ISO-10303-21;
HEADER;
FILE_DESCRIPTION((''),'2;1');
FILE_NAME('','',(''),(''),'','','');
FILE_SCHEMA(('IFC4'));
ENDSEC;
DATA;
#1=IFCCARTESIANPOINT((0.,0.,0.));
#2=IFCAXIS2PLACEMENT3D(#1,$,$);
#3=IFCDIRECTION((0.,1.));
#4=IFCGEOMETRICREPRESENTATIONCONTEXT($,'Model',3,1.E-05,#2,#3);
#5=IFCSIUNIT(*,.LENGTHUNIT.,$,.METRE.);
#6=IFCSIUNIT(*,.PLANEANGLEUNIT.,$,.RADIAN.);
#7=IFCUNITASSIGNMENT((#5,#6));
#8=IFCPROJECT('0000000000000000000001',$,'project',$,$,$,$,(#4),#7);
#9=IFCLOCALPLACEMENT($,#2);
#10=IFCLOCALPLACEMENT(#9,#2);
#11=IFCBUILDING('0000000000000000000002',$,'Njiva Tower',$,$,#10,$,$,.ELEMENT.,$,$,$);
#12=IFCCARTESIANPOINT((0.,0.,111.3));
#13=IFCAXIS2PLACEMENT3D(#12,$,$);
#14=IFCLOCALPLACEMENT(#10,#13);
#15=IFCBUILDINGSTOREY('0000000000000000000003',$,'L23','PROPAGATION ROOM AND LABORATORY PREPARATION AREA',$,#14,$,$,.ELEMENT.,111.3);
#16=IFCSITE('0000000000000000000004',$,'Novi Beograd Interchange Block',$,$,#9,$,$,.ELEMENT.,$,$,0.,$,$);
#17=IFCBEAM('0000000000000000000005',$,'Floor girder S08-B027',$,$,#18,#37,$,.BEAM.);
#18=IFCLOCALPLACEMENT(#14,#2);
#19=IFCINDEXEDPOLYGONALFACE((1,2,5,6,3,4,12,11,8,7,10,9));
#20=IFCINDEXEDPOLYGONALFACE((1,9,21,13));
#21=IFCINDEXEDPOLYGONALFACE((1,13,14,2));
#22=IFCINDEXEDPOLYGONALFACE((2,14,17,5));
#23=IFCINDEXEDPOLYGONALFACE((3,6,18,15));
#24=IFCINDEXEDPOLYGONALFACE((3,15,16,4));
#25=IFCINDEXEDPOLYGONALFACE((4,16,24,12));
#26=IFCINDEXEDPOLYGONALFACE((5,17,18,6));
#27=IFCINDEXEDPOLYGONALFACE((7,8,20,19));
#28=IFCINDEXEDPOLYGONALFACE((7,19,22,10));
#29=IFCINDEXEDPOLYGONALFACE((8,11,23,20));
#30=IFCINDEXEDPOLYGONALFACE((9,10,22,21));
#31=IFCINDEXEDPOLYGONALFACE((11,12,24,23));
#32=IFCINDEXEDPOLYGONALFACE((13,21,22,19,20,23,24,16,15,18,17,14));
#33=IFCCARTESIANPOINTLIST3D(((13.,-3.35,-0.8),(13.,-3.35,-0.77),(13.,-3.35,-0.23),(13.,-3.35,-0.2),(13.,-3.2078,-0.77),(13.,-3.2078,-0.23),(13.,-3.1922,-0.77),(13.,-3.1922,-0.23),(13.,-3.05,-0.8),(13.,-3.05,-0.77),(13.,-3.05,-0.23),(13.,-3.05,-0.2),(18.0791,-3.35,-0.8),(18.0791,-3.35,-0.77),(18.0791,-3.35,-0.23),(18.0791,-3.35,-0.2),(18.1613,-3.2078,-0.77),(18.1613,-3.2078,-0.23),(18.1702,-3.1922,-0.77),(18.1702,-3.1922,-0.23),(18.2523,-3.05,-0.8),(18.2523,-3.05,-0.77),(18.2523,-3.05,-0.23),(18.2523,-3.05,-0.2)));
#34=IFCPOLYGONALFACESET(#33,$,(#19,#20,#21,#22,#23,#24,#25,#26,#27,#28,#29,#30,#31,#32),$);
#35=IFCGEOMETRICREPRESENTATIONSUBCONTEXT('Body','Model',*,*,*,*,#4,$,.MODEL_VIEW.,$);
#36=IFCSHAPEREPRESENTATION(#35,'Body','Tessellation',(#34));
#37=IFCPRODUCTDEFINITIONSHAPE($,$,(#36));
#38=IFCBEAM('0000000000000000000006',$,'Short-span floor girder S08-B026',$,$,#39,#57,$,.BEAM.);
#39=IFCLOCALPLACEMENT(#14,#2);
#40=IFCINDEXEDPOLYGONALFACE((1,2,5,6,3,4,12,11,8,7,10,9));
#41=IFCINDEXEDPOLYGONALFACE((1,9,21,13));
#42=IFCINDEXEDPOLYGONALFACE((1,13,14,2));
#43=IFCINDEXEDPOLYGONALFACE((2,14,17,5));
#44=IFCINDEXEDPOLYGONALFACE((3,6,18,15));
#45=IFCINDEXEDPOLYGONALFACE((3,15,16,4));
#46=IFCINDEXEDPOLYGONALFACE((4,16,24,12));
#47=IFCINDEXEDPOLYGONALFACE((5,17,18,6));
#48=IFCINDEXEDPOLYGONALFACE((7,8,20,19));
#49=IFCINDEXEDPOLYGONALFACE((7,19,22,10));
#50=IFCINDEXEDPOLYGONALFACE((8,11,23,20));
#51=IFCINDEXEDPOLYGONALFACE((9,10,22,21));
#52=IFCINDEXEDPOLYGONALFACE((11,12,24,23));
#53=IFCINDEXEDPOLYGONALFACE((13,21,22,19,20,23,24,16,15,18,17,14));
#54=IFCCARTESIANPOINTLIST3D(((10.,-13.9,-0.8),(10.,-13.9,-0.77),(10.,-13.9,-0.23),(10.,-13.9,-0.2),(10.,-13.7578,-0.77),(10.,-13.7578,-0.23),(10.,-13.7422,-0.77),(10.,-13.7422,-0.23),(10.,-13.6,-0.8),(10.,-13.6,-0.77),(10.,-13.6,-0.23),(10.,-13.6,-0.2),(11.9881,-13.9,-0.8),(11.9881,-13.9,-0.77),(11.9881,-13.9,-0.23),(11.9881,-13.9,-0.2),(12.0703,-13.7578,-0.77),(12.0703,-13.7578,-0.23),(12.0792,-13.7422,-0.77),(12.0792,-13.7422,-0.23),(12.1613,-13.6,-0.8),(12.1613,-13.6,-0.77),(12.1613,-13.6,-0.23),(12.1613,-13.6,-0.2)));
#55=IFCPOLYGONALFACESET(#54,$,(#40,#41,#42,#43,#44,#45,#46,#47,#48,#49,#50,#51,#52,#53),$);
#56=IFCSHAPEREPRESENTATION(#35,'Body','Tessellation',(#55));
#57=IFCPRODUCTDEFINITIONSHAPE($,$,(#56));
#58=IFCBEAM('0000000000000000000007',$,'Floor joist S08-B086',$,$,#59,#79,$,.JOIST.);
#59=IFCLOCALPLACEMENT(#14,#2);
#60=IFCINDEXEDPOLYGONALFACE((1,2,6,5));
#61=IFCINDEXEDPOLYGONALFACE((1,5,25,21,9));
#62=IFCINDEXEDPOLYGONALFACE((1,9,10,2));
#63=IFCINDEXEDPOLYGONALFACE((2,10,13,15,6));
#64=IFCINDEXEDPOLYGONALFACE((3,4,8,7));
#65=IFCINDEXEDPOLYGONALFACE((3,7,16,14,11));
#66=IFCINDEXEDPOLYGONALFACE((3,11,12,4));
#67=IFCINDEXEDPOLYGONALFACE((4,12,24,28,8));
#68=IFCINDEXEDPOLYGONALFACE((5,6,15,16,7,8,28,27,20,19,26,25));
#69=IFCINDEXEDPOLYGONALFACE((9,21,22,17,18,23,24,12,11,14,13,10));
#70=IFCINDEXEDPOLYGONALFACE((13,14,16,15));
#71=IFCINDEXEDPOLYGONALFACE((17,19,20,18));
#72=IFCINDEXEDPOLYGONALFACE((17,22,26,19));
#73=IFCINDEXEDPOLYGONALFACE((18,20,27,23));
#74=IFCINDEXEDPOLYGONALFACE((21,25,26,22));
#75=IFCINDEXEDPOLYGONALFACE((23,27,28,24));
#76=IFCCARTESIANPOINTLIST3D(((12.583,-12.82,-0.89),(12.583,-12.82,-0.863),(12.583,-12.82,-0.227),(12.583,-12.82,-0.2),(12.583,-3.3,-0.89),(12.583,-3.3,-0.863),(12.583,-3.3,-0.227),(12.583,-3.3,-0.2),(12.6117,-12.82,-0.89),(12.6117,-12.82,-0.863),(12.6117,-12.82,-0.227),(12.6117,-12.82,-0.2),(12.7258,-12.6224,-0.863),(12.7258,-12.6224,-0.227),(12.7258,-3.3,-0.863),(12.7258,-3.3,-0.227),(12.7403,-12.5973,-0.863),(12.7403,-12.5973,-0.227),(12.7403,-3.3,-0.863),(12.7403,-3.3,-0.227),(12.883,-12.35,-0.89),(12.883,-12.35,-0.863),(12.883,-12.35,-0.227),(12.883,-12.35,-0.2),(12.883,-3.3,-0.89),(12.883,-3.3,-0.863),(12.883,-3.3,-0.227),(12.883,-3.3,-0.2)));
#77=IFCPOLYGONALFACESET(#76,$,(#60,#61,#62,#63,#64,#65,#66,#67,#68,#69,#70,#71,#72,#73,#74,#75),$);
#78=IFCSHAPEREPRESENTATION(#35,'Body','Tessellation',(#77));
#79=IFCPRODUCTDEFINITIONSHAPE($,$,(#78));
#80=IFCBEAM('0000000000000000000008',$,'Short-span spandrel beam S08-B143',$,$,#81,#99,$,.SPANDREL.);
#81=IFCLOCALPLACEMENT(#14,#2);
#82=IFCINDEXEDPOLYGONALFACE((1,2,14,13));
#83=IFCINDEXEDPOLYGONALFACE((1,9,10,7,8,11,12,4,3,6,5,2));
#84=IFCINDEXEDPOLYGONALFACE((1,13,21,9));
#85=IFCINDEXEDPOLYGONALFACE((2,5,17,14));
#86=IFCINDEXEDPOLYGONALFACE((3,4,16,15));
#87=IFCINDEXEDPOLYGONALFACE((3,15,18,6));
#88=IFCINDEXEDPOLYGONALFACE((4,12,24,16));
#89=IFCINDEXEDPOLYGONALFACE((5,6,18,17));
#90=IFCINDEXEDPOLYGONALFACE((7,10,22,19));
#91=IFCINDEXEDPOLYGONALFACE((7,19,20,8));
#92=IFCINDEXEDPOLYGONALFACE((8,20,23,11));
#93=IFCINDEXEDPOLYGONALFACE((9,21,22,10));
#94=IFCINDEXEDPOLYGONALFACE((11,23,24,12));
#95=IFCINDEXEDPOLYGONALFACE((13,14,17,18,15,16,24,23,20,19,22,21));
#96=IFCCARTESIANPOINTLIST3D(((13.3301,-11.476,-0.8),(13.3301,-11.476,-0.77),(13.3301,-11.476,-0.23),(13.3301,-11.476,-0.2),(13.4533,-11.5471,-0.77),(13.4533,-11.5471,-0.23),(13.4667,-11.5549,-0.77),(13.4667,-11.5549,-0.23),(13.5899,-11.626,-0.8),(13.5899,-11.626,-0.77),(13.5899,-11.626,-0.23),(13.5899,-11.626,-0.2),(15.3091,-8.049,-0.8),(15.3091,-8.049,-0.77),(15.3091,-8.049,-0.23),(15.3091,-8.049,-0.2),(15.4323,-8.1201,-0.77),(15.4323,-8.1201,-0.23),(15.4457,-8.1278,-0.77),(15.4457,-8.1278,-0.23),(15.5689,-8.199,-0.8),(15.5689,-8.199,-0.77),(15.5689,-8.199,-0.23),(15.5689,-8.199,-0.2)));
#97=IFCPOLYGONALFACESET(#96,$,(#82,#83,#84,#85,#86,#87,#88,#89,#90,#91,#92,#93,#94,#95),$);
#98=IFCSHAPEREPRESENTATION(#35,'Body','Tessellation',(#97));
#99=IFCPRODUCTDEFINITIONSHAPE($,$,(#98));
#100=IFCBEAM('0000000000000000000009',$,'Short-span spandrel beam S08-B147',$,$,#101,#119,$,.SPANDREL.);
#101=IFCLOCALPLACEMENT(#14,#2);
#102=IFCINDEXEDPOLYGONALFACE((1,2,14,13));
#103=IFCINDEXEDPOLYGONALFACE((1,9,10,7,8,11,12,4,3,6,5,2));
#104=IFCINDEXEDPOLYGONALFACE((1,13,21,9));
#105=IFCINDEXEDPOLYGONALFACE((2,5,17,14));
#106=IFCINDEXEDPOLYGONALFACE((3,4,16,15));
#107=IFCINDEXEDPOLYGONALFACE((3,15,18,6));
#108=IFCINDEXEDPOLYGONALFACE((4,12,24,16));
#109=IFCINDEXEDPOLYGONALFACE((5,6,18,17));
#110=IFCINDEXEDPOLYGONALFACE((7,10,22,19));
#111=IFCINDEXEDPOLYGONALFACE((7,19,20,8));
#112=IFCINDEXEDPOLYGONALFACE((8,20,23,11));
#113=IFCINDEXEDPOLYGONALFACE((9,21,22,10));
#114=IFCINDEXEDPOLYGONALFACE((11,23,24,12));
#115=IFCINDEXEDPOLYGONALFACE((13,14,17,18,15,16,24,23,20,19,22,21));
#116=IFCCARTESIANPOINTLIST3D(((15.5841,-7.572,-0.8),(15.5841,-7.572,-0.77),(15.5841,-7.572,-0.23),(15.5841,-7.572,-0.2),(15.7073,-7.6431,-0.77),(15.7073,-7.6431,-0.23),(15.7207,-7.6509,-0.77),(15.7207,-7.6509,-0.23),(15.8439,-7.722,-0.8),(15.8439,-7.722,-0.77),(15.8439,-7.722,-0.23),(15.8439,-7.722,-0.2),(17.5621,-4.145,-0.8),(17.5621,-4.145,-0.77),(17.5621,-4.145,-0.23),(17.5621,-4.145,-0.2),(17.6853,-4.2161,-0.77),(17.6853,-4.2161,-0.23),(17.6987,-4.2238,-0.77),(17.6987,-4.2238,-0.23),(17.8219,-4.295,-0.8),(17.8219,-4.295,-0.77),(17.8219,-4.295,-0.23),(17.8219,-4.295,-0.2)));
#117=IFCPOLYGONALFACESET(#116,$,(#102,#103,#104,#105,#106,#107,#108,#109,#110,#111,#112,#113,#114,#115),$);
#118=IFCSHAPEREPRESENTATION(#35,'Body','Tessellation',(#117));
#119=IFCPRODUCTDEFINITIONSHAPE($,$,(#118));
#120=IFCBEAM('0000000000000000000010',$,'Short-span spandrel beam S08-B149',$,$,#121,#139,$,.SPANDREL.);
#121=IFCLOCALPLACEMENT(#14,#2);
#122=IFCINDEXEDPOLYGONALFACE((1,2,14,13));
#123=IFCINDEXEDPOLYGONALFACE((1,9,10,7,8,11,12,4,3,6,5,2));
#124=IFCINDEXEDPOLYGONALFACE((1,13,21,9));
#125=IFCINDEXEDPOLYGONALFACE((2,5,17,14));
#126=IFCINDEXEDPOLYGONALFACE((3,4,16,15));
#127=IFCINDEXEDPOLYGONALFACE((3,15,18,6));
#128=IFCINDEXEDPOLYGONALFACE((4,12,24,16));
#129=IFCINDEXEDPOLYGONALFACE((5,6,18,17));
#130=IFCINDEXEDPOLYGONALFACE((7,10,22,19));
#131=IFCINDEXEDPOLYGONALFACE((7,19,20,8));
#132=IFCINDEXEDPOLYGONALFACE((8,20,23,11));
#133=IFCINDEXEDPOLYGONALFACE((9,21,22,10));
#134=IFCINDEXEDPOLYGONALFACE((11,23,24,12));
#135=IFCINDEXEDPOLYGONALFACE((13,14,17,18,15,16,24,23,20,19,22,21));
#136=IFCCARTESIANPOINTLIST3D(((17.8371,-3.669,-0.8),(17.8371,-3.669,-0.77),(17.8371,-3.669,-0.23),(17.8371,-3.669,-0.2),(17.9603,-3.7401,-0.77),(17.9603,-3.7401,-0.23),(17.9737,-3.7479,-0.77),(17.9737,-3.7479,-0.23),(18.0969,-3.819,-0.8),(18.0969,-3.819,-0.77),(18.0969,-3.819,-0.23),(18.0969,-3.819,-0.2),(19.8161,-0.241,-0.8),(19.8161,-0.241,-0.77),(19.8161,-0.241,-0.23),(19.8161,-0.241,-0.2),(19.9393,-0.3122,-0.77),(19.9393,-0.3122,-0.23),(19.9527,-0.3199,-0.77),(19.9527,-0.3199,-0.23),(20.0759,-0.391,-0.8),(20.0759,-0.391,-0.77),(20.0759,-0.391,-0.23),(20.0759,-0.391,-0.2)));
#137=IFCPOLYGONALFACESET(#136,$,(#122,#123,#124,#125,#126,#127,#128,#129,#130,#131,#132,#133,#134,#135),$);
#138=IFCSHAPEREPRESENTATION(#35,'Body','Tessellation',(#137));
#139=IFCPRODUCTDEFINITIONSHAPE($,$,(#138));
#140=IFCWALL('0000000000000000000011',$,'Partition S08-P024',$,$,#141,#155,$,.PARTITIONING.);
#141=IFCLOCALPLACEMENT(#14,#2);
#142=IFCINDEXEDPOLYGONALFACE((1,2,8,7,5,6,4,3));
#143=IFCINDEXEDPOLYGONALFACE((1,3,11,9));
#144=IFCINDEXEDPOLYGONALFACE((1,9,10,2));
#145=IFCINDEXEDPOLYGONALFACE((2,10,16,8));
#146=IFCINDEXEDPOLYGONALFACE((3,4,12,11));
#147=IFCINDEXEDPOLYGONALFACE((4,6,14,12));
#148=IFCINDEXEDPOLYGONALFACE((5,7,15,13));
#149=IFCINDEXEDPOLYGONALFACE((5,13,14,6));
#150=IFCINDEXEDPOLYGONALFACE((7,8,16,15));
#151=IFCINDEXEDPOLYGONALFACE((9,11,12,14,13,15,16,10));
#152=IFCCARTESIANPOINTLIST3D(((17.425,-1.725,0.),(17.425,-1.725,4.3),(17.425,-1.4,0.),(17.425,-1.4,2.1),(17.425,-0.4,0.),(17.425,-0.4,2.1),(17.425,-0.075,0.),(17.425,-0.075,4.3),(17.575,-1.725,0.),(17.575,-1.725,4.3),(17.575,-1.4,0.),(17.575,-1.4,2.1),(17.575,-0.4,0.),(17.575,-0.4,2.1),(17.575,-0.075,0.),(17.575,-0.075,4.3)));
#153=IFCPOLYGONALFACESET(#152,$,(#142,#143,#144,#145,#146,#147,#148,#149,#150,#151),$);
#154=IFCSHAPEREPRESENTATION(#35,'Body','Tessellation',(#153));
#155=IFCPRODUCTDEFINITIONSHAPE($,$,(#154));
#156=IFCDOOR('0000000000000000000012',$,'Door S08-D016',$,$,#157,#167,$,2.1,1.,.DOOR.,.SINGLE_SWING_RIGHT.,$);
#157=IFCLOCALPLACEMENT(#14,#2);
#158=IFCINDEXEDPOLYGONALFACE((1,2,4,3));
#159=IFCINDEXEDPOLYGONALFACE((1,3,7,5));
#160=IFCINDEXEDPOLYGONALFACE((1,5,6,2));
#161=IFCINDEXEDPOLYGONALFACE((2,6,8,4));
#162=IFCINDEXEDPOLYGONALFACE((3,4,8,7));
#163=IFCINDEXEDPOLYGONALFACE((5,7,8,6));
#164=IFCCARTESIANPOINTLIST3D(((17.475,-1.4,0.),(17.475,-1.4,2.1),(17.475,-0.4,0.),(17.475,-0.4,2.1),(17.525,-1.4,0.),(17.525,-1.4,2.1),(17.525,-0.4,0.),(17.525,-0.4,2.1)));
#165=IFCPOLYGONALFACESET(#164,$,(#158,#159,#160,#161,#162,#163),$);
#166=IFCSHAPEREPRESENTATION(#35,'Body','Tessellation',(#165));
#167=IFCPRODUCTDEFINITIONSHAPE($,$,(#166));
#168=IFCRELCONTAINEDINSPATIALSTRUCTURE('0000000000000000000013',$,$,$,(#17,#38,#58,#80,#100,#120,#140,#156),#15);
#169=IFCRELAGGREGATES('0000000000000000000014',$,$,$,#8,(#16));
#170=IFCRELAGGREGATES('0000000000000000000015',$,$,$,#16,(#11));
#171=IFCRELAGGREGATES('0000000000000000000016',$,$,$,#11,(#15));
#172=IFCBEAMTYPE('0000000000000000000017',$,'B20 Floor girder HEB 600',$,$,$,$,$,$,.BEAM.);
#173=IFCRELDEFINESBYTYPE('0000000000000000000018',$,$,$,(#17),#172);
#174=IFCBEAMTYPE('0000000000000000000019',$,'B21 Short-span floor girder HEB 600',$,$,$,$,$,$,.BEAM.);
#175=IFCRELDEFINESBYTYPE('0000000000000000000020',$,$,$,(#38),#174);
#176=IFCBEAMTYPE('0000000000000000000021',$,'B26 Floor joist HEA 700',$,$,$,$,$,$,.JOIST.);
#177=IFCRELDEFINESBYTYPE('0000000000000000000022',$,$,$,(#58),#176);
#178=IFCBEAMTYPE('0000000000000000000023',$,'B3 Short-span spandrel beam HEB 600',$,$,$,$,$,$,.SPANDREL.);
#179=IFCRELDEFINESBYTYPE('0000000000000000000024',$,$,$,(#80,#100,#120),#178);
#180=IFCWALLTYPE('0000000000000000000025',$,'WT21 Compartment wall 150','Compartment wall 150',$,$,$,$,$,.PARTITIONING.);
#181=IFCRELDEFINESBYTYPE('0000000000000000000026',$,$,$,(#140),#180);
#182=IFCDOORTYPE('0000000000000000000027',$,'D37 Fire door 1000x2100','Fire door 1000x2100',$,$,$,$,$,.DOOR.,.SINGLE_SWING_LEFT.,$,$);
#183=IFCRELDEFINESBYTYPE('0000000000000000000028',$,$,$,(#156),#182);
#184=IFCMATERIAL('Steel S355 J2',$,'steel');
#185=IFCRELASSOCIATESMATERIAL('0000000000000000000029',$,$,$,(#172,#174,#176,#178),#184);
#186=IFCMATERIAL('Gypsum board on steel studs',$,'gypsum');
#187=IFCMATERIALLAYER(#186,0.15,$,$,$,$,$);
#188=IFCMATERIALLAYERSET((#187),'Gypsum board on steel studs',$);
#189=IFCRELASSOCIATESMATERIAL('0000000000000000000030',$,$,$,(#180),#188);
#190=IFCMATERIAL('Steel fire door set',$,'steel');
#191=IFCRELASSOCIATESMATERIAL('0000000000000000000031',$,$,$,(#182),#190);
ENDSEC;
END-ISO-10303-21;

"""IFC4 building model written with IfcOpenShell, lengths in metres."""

from ifc_helpers import new_model, si_unit, direction, frame, frame_2d, origin, origin_2d, place, context, subcontext, project, spatial, rectangle, i_section, extrude, clip, halfspace, material, layer, layer_set, material_profile, profile_set, type_object, element, fill, save


model = new_model("IFC4")

# Units and contexts
model_context = context("Model", 3, precision=1e-05, world=origin(), true_north=direction((0.0, 1.0)))
body_context = subcontext(model_context, "Body", "Model", "MODEL_VIEW")
ifc_project = project(units=[si_unit("LENGTHUNIT", "METRE"), si_unit("PLANEANGLEUNIT", "RADIAN")], contexts=[model_context])

# Site, building, storey
site_placement = place(None, origin())
site = spatial("IfcSite", under=ifc_project, at=site_placement, Name="Novi Beograd Interchange Block", CompositionType="ELEMENT", RefElevation=0.0)
building_placement = place(site_placement, origin())
building = spatial("IfcBuilding", under=site, at=building_placement, Name="Njiva Tower", CompositionType="ELEMENT")
storey_placement = place(building_placement, frame((0.0, 0.0, 111.3)))
storey = spatial("IfcBuildingStorey", under=building, at=storey_placement, Name="L23", Description="PROPAGATION ROOM AND LABORATORY PREPARATION AREA", CompositionType="ELEMENT", Elevation=111.3)

# Shared definitions
ifc_material_1 = material(Name="Steel S355 J2", Category="steel")

# Beams
ifc_material_profile_1 = material_profile(ifc_material_1, i_section(OverallWidth=0.3, OverallDepth=0.6, WebThickness=0.0155, FlangeThickness=0.03, at=origin_2d()), Name="HEB 600")
ifc_profile_set_1 = profile_set([ifc_material_profile_1], Name="Steel S355 J2")
beam_type_1 = type_object("IfcBeamType", Name="B20 Floor girder HEB 600", PredefinedType="BEAM", material=ifc_profile_set_1)
beam_1_placement = place(storey_placement, frame((13.0, -3.2, -0.5), z_axis=(1.0, 0.0, 0.0), x_axis=(0.0, 1.0, 0.0)))
element("IfcBeam", 1, at=beam_1_placement, inside=storey, type_object=beam_type_1, Name="Floor girder S08-B027", PredefinedType="BEAM", context=body_context, shape_type="Clipping", body=[
    clip(extrude(i_section(OverallWidth=0.3, OverallDepth=0.6, WebThickness=0.0155, FlangeThickness=0.03, at=origin_2d()), origin(), (0.0, 0.0, 1.0), 5.273), halfspace(frame((-0.025, 0.0, 5.1513), z_axis=(-0.499998, 0.0, 0.866027), x_axis=(0.0, 1.0, 0.0)), False)),
])
ifc_material_profile_2 = material_profile(ifc_material_1, i_section(OverallWidth=0.3, OverallDepth=0.6, WebThickness=0.0155, FlangeThickness=0.03, at=origin_2d()), Name="HEB 600")
ifc_profile_set_2 = profile_set([ifc_material_profile_2], Name="Steel S355 J2")
beam_type_2 = type_object("IfcBeamType", Name="B21 Short-span floor girder HEB 600", PredefinedType="BEAM", material=ifc_profile_set_2)
beam_2_placement = place(storey_placement, frame((10.0, -13.75, -0.5), z_axis=(1.0, 0.0, 0.0), x_axis=(0.0, 1.0, 0.0)))
element("IfcBeam", 2, at=beam_2_placement, inside=storey, type_object=beam_type_2, Name="Short-span floor girder S08-B026", PredefinedType="BEAM", context=body_context, shape_type="Clipping", body=[
    clip(extrude(i_section(OverallWidth=0.3, OverallDepth=0.6, WebThickness=0.0155, FlangeThickness=0.03, at=origin_2d()), origin(), (0.0, 0.0, 1.0), 2.182), halfspace(frame((-0.025, 0.0, 2.0603), z_axis=(-0.499998, 0.0, 0.866027), x_axis=(0.0, 1.0, 0.0)), False)),
])
ifc_material_profile_3 = material_profile(ifc_material_1, i_section(OverallWidth=0.3, OverallDepth=0.69, WebThickness=0.0145, FlangeThickness=0.027, at=origin_2d()), Name="HEA 700")
ifc_profile_set_3 = profile_set([ifc_material_profile_3], Name="Steel S355 J2")
beam_type_3 = type_object("IfcBeamType", Name="B26 Floor joist HEA 700", PredefinedType="JOIST", material=ifc_profile_set_3)
beam_3_placement = place(storey_placement, frame((12.733, -3.3, -0.545), z_axis=(0.0, -1.0, 0.0), x_axis=(1.0, 0.0, 0.0)))
element("IfcBeam", 3, at=beam_3_placement, inside=storey, type_object=beam_type_3, Name="Floor joist S08-B086", PredefinedType="JOIST", context=body_context, shape_type="Clipping", body=[
    clip(extrude(i_section(OverallWidth=0.3, OverallDepth=0.69, WebThickness=0.0145, FlangeThickness=0.027, at=origin_2d()), origin(), (0.0, 0.0, 1.0), 9.52), halfspace(frame((0.0436, 0.0, 9.2343), z_axis=(0.866027, 0.0, 0.499998), x_axis=(0.0, 1.0, 0.0)), False)),
])
ifc_material_profile_4 = material_profile(ifc_material_1, i_section(OverallWidth=0.3, OverallDepth=0.6, WebThickness=0.0155, FlangeThickness=0.03, at=origin_2d()), Name="HEB 600")
ifc_profile_set_4 = profile_set([ifc_material_profile_4], Name="Steel S355 J2")
beam_type_4 = type_object("IfcBeamType", Name="B3 Short-span spandrel beam HEB 600", PredefinedType="SPANDREL", material=ifc_profile_set_4)
beam_4_placement = place(storey_placement, frame((13.46, -11.551, -0.5), z_axis=(0.50008, 0.865979, 0.0), x_axis=(-0.865979, 0.50008, 0.0)))
element("IfcBeam", 4, at=beam_4_placement, inside=storey, type_object=beam_type_4, Name="Short-span spandrel beam S08-B143", PredefinedType="SPANDREL", context=body_context, shape_type="SweptSolid", body=[
    extrude(i_section(OverallWidth=0.3, OverallDepth=0.6, WebThickness=0.0155, FlangeThickness=0.03, at=origin_2d()), origin(), (0.0, 0.0, 1.0), 3.9574),
])
beam_5_placement = place(storey_placement, frame((15.714, -7.647, -0.5), z_axis=(0.49989, 0.866089, 0.0), x_axis=(-0.866089, 0.49989, 0.0)))
element("IfcBeam", 5, at=beam_5_placement, inside=storey, type_object=beam_type_4, Name="Short-span spandrel beam S08-B147", PredefinedType="SPANDREL", context=body_context, shape_type="SweptSolid", body=[
    extrude(i_section(OverallWidth=0.3, OverallDepth=0.6, WebThickness=0.0155, FlangeThickness=0.03, at=origin_2d()), origin(), (0.0, 0.0, 1.0), 3.9569),
])
beam_6_placement = place(storey_placement, frame((17.967, -3.744, -0.5), z_axis=(0.49997, 0.866043, 0.0), x_axis=(-0.866043, 0.49997, 0.0)))
element("IfcBeam", 6, at=beam_6_placement, inside=storey, type_object=beam_type_4, Name="Short-span spandrel beam S08-B149", PredefinedType="SPANDREL", context=body_context, shape_type="SweptSolid", body=[
    extrude(i_section(OverallWidth=0.3, OverallDepth=0.6, WebThickness=0.0155, FlangeThickness=0.03, at=origin_2d()), origin(), (0.0, 0.0, 1.0), 3.9582),
])

# Wall, opening, door
ifc_material_2 = material(Name="Gypsum board on steel studs", Category="gypsum")
ifc_layer = layer(ifc_material_2, 0.15)
ifc_layer_set = layer_set([ifc_layer], Name="Gypsum board on steel studs")
wall_type = type_object("IfcWallType", Name="WT21 Compartment wall 150", Description="Compartment wall 150", PredefinedType="PARTITIONING", material=ifc_layer_set)
wall_1_placement = place(storey_placement, frame((17.5, -1.725, 0.0), z_axis=(0.0, 0.0, 1.0), x_axis=(0.0, 1.0, 0.0)))
wall_1 = element("IfcWall", 7, at=wall_1_placement, inside=storey, type_object=wall_type, Name="Partition S08-P024", PredefinedType="PARTITIONING", context=body_context, shape_type="SweptSolid", body=[
    extrude(rectangle(XDim=1.65, YDim=0.15, at=frame_2d((0.825, 0.0))), origin(), (0.0, 0.0, 1.0), 4.3),
])
opening_1_placement = place(wall_1_placement, frame((0.325, 0.0, 0.0)))
opening_1 = element("IfcOpeningElement", 8, at=opening_1_placement, cuts=wall_1, PredefinedType="OPENING", context=body_context, shape_type="SweptSolid", body=[
    extrude(rectangle(XDim=1.0, YDim=2.1, at=frame_2d((0.5, 1.05))), frame((0.0, 0.085, 0.0), z_axis=(0.0, -1.0, 0.0), x_axis=(1.0, 0.0, 0.0)), (0.0, 0.0, 1.0), 0.17),
])
ifc_material_3 = material(Name="Steel fire door set", Category="steel")
door_type = type_object("IfcDoorType", Name="D37 Fire door 1000x2100", Description="Fire door 1000x2100", OperationType="SINGLE_SWING_LEFT", PredefinedType="DOOR", material=ifc_material_3)
door_1_placement = place(opening_1_placement, origin())
door_1 = element("IfcDoor", 9, at=door_1_placement, inside=storey, type_object=door_type, Name="Door S08-D016", OperationType="SINGLE_SWING_RIGHT", OverallHeight=2.1, OverallWidth=1.0, PredefinedType="DOOR", context=body_context, shape_type="SweptSolid", body=[
    extrude(rectangle(XDim=1.0, YDim=2.1, at=frame_2d((0.5, 1.05))), frame((0.0, 0.025, 0.0), z_axis=(0.0, -1.0, 0.0), x_axis=(1.0, 0.0, 0.0)), (0.0, 0.0, 1.0), 0.05),
])
fill(opening_1, door_1)

save(model, "model.ifc")
